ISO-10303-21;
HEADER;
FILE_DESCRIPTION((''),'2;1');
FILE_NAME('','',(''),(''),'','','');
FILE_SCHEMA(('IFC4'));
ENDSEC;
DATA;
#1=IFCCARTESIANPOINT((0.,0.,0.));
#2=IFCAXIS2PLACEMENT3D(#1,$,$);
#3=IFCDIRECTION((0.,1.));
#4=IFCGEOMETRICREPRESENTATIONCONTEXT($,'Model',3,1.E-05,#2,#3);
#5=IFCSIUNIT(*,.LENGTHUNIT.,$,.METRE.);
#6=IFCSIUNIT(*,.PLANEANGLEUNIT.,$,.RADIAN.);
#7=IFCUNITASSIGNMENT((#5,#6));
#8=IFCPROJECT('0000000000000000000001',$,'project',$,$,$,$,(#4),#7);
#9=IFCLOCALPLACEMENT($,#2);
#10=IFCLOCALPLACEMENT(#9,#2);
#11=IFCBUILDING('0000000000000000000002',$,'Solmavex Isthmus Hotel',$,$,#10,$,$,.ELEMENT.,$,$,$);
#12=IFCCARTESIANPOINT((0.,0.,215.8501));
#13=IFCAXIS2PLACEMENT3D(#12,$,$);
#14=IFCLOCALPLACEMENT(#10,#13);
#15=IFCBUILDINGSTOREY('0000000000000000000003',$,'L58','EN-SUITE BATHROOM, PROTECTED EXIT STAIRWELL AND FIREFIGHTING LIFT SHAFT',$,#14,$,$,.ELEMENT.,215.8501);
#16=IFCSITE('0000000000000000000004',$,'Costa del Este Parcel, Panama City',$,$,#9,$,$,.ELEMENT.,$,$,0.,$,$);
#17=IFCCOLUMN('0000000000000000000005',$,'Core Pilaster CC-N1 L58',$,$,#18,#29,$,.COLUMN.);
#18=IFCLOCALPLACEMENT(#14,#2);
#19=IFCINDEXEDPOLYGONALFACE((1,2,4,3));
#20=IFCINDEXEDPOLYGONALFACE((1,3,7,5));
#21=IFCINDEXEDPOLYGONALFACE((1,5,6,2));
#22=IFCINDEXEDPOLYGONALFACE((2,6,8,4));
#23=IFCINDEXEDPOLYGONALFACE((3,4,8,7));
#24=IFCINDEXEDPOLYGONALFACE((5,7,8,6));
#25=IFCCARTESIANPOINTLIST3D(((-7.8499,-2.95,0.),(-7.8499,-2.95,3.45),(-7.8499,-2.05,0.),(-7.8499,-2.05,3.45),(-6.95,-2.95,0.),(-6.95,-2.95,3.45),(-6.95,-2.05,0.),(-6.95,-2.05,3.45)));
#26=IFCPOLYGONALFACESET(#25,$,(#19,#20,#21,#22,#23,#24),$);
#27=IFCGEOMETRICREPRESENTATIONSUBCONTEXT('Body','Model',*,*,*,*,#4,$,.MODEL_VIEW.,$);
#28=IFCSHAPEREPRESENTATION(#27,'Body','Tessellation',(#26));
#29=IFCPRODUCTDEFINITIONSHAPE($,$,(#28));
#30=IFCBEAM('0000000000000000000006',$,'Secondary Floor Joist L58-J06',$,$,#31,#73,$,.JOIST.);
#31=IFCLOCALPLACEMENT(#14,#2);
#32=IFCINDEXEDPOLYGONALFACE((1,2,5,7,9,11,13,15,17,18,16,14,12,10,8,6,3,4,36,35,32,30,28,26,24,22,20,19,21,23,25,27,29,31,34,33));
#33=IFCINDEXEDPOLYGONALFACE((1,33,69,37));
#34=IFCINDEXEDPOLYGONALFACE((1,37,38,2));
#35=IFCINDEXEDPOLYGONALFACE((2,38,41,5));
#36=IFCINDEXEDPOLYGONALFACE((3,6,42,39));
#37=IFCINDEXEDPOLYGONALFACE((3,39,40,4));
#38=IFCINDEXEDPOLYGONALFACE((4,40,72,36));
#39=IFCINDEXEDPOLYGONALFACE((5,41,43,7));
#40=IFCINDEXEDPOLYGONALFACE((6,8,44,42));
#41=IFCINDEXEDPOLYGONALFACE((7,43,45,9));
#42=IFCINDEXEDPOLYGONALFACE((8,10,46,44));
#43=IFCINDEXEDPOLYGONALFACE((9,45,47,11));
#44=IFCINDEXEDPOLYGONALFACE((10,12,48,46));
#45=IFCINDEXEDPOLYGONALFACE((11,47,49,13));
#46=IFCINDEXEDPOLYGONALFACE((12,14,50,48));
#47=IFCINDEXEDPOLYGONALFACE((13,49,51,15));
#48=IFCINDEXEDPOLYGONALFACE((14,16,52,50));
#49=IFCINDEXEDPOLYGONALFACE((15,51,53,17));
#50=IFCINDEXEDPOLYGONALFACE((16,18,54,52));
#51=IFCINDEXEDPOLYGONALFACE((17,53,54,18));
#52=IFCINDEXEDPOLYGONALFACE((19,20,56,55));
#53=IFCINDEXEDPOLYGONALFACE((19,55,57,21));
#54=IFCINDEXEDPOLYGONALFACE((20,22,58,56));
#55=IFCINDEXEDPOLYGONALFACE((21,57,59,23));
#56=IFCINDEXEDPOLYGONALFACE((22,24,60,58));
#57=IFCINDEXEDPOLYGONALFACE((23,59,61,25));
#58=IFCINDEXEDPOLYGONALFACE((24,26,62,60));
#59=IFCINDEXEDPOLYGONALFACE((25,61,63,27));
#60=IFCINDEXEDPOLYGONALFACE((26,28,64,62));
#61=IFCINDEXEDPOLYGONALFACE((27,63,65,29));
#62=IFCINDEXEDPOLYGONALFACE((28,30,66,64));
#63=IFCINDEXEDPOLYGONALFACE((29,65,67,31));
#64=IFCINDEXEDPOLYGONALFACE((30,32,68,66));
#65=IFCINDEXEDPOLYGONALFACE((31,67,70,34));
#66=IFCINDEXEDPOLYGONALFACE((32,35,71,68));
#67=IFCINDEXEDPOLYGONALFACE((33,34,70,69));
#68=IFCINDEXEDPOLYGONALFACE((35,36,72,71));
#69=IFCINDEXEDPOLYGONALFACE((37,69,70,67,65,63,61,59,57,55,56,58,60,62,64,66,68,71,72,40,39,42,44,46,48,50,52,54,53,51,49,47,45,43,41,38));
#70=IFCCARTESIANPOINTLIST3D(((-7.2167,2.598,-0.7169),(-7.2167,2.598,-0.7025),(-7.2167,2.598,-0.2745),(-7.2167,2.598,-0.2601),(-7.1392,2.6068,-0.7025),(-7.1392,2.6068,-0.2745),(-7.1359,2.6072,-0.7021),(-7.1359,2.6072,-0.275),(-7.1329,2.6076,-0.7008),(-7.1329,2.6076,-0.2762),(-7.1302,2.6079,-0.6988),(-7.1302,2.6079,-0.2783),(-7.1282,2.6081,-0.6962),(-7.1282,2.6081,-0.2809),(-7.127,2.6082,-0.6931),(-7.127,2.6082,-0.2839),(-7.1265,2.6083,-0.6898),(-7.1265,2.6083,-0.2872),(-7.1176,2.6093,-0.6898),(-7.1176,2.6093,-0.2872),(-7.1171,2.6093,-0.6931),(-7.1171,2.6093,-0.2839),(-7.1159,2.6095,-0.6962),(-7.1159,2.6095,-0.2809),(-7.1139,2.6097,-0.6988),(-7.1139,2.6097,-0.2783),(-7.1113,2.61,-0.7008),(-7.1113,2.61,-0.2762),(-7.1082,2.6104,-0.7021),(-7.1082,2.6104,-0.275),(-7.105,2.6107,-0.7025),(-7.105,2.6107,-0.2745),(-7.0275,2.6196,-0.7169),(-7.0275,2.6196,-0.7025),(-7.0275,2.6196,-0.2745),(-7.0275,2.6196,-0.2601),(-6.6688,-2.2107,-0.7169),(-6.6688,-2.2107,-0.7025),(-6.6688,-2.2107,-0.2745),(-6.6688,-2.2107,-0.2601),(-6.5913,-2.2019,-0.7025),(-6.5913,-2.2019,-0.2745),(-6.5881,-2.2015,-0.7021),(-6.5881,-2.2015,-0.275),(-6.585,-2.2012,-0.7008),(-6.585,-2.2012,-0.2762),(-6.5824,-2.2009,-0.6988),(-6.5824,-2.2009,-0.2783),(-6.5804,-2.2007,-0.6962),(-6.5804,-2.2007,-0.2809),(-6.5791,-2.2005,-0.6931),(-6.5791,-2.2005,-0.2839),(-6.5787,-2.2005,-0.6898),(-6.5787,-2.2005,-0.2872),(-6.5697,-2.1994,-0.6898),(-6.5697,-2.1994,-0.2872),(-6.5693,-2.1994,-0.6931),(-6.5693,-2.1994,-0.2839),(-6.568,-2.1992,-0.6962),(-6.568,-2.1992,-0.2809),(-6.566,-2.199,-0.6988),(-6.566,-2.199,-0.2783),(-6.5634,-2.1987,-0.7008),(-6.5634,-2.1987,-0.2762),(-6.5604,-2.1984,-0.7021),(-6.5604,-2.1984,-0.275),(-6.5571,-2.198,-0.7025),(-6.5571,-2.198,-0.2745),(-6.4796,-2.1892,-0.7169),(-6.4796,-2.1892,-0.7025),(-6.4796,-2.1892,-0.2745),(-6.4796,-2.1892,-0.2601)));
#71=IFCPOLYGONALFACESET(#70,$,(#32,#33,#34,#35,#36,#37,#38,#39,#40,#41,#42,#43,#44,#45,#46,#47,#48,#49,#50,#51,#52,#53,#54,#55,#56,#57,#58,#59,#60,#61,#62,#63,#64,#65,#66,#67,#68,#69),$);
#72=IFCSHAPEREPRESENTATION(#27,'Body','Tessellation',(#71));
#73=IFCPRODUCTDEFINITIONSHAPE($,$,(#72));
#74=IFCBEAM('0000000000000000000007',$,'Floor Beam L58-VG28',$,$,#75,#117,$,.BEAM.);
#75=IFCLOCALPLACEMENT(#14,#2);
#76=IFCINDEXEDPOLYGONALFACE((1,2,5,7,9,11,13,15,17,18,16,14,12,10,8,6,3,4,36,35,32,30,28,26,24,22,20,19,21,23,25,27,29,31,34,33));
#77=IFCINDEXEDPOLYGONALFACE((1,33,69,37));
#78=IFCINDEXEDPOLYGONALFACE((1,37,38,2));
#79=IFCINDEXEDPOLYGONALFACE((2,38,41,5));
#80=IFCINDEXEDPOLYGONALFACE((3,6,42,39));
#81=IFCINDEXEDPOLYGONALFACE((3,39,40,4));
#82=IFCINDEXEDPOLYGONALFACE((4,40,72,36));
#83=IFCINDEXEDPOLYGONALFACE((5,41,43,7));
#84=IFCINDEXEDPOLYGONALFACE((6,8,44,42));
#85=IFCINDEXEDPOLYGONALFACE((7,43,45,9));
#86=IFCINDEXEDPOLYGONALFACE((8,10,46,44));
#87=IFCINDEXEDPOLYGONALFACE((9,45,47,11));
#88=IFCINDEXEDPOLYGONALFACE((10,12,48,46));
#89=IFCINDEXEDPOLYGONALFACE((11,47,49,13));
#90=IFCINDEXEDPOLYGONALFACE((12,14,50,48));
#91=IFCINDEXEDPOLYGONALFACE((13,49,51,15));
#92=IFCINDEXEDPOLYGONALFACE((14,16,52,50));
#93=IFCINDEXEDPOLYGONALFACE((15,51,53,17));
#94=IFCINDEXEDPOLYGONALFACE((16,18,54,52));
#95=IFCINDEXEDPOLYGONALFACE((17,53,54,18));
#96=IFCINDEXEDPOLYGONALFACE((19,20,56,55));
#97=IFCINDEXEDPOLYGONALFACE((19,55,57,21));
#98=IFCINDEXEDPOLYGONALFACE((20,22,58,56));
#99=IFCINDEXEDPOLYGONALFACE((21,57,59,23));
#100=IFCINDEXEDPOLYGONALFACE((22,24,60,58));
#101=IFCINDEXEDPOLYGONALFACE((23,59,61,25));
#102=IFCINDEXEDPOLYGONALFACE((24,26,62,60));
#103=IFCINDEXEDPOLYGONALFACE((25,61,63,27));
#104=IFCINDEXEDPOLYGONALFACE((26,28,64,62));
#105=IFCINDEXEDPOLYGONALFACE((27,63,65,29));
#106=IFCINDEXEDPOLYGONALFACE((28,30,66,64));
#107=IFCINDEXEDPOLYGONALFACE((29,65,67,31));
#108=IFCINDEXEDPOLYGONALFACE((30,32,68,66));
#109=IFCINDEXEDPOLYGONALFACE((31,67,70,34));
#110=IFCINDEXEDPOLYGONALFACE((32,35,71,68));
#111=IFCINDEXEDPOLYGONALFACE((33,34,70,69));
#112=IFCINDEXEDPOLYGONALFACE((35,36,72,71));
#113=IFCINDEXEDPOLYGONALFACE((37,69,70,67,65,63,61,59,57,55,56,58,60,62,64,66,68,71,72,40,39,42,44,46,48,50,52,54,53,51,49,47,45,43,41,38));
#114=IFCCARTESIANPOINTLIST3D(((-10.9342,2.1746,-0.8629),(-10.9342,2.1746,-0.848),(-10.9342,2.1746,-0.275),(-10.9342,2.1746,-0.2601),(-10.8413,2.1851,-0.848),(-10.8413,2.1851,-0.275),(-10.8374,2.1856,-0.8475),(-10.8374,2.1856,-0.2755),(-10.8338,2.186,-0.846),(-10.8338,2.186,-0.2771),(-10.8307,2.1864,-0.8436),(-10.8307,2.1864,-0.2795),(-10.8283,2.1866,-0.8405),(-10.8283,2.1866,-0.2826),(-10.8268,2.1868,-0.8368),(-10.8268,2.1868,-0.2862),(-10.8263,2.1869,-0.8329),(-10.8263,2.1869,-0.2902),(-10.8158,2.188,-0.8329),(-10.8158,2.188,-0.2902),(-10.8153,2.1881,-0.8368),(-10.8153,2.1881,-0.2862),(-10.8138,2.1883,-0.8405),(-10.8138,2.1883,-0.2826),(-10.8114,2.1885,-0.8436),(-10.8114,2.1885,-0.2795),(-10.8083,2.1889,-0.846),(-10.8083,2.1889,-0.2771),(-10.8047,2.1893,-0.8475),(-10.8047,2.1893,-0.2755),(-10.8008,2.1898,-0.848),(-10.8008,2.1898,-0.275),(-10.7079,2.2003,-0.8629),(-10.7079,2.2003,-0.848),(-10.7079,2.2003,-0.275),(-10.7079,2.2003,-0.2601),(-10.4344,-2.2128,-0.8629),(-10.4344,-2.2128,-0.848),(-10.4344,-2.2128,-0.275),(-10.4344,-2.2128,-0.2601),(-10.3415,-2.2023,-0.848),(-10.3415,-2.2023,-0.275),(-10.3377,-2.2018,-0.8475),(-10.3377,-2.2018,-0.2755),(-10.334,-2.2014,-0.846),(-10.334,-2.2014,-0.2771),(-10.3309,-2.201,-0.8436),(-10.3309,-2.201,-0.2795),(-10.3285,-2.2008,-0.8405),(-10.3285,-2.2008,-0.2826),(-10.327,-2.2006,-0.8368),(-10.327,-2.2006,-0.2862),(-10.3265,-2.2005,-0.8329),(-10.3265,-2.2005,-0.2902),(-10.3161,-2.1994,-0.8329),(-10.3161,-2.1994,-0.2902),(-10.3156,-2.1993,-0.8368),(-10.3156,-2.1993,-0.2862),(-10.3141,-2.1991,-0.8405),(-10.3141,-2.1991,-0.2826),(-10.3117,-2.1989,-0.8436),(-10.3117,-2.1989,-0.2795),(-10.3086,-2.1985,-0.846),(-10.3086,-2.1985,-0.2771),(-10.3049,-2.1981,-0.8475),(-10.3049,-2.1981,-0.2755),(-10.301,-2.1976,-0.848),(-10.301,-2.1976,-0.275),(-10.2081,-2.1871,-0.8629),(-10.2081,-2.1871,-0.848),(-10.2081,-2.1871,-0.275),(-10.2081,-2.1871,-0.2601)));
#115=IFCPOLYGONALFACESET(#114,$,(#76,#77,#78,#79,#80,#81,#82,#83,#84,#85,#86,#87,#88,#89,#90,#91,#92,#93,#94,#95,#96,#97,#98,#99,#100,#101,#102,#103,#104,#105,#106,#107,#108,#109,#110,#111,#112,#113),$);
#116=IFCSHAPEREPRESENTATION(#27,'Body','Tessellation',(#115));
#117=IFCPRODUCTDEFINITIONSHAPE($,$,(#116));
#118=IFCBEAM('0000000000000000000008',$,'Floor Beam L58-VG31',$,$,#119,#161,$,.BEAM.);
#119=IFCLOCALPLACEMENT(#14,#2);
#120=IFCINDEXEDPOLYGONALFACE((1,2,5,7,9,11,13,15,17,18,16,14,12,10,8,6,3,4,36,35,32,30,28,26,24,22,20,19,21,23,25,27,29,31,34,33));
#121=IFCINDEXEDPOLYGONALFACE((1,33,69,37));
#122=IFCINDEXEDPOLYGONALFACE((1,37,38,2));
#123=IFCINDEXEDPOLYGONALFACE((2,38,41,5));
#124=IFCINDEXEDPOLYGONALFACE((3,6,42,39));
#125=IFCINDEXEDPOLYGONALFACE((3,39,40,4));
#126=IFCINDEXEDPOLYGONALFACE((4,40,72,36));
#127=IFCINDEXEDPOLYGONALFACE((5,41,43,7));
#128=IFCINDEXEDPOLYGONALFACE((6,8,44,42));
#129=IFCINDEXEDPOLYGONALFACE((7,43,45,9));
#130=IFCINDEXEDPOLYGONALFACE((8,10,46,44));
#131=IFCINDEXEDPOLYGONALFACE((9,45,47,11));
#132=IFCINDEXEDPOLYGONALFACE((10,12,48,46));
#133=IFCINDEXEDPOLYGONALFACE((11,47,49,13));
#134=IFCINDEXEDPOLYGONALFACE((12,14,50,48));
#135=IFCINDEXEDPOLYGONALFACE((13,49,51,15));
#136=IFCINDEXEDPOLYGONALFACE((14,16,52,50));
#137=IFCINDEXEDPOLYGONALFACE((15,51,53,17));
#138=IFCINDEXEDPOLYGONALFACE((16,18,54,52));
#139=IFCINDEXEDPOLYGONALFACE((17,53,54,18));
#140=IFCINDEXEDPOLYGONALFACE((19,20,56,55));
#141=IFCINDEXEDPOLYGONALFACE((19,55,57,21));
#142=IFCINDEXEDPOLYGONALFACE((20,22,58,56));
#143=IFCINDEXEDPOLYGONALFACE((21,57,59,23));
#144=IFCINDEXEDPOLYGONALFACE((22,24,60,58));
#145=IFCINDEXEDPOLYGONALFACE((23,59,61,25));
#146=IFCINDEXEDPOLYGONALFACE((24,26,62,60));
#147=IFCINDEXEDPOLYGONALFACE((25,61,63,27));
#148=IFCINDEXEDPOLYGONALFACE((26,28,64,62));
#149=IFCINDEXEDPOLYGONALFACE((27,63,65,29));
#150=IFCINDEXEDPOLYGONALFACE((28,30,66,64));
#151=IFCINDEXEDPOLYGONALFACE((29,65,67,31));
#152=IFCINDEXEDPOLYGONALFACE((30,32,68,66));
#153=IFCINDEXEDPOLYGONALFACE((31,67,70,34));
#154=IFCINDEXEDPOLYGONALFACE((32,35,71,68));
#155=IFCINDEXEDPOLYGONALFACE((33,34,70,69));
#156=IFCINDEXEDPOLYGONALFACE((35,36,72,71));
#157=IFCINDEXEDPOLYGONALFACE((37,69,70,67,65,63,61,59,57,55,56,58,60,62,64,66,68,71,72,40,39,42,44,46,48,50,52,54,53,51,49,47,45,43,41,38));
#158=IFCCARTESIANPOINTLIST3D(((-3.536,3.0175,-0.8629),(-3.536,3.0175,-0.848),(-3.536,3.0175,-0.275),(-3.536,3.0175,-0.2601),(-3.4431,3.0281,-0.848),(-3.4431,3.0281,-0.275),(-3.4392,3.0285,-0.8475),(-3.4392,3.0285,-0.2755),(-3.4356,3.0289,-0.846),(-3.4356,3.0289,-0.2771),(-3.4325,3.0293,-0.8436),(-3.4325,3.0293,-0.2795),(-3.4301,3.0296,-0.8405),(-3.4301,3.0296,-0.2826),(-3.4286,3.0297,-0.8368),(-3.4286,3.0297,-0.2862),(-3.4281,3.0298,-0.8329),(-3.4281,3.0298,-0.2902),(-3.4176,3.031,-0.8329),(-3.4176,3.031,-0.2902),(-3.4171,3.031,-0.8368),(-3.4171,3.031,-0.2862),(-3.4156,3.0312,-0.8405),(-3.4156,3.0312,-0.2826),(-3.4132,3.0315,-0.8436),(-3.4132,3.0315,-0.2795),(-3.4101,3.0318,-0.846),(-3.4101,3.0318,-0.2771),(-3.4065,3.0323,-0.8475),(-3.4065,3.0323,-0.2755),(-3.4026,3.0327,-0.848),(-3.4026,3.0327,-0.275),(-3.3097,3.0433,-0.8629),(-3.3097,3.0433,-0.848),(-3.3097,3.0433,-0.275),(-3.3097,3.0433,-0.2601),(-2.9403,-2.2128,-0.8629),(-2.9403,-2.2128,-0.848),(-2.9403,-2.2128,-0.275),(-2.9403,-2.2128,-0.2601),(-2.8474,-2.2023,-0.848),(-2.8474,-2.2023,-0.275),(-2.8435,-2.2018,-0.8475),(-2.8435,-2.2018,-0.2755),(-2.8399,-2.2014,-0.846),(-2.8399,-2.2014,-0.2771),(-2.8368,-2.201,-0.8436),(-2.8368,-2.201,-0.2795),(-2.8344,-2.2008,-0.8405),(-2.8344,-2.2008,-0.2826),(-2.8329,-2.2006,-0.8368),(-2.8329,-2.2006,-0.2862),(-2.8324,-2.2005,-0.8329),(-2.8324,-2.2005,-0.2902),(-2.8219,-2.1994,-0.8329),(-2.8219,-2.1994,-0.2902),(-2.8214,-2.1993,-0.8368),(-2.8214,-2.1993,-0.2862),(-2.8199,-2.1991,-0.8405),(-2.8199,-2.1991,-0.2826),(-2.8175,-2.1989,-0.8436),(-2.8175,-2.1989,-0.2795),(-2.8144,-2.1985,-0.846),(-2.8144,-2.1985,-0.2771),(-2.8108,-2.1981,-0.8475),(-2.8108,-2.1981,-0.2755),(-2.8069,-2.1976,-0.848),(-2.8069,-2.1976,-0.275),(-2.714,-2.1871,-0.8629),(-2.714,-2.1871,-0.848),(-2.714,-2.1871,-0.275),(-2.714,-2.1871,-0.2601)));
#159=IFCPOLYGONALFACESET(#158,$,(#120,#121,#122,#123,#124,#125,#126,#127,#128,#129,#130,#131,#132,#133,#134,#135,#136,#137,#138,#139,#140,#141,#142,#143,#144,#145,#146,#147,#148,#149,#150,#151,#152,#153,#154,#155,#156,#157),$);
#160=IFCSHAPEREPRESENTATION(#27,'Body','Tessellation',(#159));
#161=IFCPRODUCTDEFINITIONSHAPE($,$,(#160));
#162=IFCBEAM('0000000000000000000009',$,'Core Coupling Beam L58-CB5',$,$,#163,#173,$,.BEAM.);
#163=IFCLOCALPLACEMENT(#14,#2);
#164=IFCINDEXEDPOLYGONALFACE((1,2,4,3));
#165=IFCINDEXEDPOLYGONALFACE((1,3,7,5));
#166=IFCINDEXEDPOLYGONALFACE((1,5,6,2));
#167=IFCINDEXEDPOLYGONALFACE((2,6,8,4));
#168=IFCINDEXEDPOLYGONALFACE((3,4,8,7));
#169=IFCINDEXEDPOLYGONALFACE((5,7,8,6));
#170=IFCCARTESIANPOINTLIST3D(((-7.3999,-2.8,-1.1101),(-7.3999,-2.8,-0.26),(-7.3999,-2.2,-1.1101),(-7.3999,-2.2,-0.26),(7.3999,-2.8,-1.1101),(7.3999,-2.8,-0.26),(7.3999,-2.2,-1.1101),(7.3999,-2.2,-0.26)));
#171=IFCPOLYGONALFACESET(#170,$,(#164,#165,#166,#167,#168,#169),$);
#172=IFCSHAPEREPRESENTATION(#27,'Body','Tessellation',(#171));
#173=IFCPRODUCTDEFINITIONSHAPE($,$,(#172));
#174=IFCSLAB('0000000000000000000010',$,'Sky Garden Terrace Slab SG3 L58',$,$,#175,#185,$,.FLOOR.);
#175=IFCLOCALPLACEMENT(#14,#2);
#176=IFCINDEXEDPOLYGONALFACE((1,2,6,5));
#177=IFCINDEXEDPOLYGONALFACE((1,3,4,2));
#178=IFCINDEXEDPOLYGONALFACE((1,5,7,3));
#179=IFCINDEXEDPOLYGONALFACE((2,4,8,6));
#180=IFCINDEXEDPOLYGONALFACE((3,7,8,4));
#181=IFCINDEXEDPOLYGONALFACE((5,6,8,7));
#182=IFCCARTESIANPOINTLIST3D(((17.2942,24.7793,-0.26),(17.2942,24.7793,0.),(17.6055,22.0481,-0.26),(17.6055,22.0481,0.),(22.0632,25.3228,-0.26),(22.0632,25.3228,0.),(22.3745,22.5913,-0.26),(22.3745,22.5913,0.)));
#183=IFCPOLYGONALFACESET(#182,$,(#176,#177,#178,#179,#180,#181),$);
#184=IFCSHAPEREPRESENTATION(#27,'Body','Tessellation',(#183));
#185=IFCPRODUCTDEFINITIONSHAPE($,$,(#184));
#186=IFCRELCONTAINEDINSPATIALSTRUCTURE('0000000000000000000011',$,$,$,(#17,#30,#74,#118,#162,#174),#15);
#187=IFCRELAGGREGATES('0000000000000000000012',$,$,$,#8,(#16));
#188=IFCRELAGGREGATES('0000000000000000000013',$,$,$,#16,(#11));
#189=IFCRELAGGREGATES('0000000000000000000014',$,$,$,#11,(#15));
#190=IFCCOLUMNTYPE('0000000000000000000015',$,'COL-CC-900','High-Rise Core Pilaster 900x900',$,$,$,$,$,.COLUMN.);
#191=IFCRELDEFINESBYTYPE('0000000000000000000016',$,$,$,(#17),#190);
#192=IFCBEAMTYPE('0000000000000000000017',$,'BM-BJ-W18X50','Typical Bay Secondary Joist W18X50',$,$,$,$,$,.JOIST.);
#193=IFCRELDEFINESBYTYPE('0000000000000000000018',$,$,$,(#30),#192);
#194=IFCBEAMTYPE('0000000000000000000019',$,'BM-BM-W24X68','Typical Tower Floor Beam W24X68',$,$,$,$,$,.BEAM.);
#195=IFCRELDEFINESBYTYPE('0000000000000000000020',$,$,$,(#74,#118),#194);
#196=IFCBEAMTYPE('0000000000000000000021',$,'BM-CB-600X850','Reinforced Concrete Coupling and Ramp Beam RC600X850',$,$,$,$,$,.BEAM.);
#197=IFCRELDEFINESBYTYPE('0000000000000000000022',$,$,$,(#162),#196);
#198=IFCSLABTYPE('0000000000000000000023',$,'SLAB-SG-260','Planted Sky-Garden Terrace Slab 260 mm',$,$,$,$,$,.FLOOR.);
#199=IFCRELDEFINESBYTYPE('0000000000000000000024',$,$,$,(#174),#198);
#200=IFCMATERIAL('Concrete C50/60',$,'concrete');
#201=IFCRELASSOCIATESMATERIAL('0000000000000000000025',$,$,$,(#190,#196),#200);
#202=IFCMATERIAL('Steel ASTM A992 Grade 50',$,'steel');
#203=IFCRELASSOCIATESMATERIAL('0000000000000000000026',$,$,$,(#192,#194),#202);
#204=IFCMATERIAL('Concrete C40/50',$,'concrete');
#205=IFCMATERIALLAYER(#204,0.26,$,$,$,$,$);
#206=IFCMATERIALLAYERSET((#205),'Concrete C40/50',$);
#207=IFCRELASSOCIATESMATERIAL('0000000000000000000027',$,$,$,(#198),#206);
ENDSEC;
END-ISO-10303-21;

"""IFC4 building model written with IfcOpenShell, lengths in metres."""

from ifc_helpers import new_model, si_unit, direction, frame, origin, origin_2d, place, context, subcontext, project, spatial, polyline, rectangle, i_section, outline, extrude, material, layer, layer_set, material_profile, profile_set, type_object, element, save


model = new_model("IFC4")

# Units and contexts
model_context = context("Model", 3, precision=1e-05, world=origin(), true_north=direction((0.0, 1.0)))
body_context = subcontext(model_context, "Body", "Model", "MODEL_VIEW")
ifc_project = project(units=[si_unit("LENGTHUNIT", "METRE"), si_unit("PLANEANGLEUNIT", "RADIAN")], contexts=[model_context])

# Site, building, storey
site_placement = place(None, origin())
site = spatial("IfcSite", under=ifc_project, at=site_placement, Name="Costa del Este Parcel, Panama City", CompositionType="ELEMENT", RefElevation=0.0)
building_placement = place(site_placement, origin())
building = spatial("IfcBuilding", under=site, at=building_placement, Name="Solmavex Isthmus Hotel", CompositionType="ELEMENT")
storey_placement = place(building_placement, frame((0.0, 0.0, 215.8501)))
storey = spatial("IfcBuildingStorey", under=building, at=storey_placement, Name="L58", Description="EN-SUITE BATHROOM, PROTECTED EXIT STAIRWELL AND FIREFIGHTING LIFT SHAFT", CompositionType="ELEMENT", Elevation=215.8501)

# Column
ifc_material_1 = material(Name="Concrete C50/60", Category="concrete")
ifc_material_profile_1 = material_profile(ifc_material_1, rectangle(XDim=0.8999, YDim=0.8999, at=origin_2d()), Name="RC900X900")
ifc_profile_set_1 = profile_set([ifc_material_profile_1], Name="Concrete C50/60")
column_type = type_object("IfcColumnType", Name="COL-CC-900", Description="High-Rise Core Pilaster 900x900", PredefinedType="COLUMN", material=ifc_profile_set_1)
column_placement = place(storey_placement, frame((-7.3999, -2.5, 0.0), z_axis=(0.0, 0.0, 1.0), x_axis=(1.0, 0.0, 0.0)))
element("IfcColumn", 1, at=column_placement, inside=storey, type_object=column_type, Name="Core Pilaster CC-N1 L58", PredefinedType="COLUMN", context=body_context, shape_type="SweptSolid", body=[
    extrude(rectangle(XDim=0.8999, YDim=0.8999, at=origin_2d()), origin(), (0.0, 0.0, 1.0), 3.45),
])

# Beams
ifc_material_2 = material(Name="Steel ASTM A992 Grade 50", Category="steel")
ifc_material_profile_2 = material_profile(ifc_material_2, i_section(OverallWidth=0.1904, OverallDepth=0.4568, WebThickness=0.009, FlangeThickness=0.0144, FilletRadius=0.0127, at=origin_2d()), Name="W18X50")
ifc_profile_set_2 = profile_set([ifc_material_profile_2], Name="Steel ASTM A992 Grade 50")
beam_type_1 = type_object("IfcBeamType", Name="BM-BJ-W18X50", Description="Typical Bay Secondary Joist W18X50", PredefinedType="JOIST", material=ifc_profile_set_2)
beam_1_placement = place(storey_placement, frame((-6.5742, -2.2, -0.4885), z_axis=(-0.113194, 0.993573, 0.0), x_axis=(-0.993573, -0.113194, 0.0)))
element("IfcBeam", 2, at=beam_1_placement, inside=storey, type_object=beam_type_1, Name="Secondary Floor Joist L58-J06", PredefinedType="JOIST", context=body_context, shape_type="SweptSolid", body=[
    extrude(i_section(OverallWidth=0.1904, OverallDepth=0.4568, WebThickness=0.009, FlangeThickness=0.0144, FilletRadius=0.0127, at=origin_2d()), origin(), (0.0, 0.0, 1.0), 4.8398),
])
ifc_material_profile_3 = material_profile(ifc_material_2, i_section(OverallWidth=0.2278, OverallDepth=0.6028, WebThickness=0.0105, FlangeThickness=0.0149, FilletRadius=0.0151, at=origin_2d()), Name="W24X68")
ifc_profile_set_3 = profile_set([ifc_material_profile_3], Name="Steel ASTM A992 Grade 50")
beam_type_2 = type_object("IfcBeamType", Name="BM-BM-W24X68", Description="Typical Tower Floor Beam W24X68", PredefinedType="BEAM", material=ifc_profile_set_3)
beam_2_placement = place(storey_placement, frame((-10.3213, -2.2, -0.5615), z_axis=(-0.113174, 0.993575, 0.0), x_axis=(-0.993575, -0.113174, 0.0)))
element("IfcBeam", 3, at=beam_2_placement, inside=storey, type_object=beam_type_2, Name="Floor Beam L58-VG28", PredefinedType="BEAM", context=body_context, shape_type="SweptSolid", body=[
    extrude(i_section(OverallWidth=0.2278, OverallDepth=0.6028, WebThickness=0.0105, FlangeThickness=0.0149, FilletRadius=0.0151, at=origin_2d()), origin(), (0.0, 0.0, 1.0), 4.4158),
])
beam_3_placement = place(storey_placement, frame((-2.8271, -2.2, -0.5615), z_axis=(-0.113159, 0.993577, 0.0), x_axis=(-0.993577, -0.113159, 0.0)))
element("IfcBeam", 4, at=beam_3_placement, inside=storey, type_object=beam_type_2, Name="Floor Beam L58-VG31", PredefinedType="BEAM", context=body_context, shape_type="SweptSolid", body=[
    extrude(i_section(OverallWidth=0.2278, OverallDepth=0.6028, WebThickness=0.0105, FlangeThickness=0.0149, FilletRadius=0.0151, at=origin_2d()), origin(), (0.0, 0.0, 1.0), 5.2642),
])
ifc_material_profile_4 = material_profile(ifc_material_1, rectangle(XDim=0.6001, YDim=0.8501, at=origin_2d()), Name="RC600X850")
ifc_profile_set_4 = profile_set([ifc_material_profile_4], Name="Concrete C50/60")
beam_type_3 = type_object("IfcBeamType", Name="BM-CB-600X850", Description="Reinforced Concrete Coupling and Ramp Beam RC600X850", PredefinedType="BEAM", material=ifc_profile_set_4)
beam_4_placement = place(storey_placement, frame((-7.3999, -2.5, -0.6851), z_axis=(1.0, 0.0, 0.0), x_axis=(0.0, 1.0, 0.0)))
element("IfcBeam", 5, at=beam_4_placement, inside=storey, type_object=beam_type_3, Name="Core Coupling Beam L58-CB5", PredefinedType="BEAM", context=body_context, shape_type="SweptSolid", body=[
    extrude(rectangle(XDim=0.6001, YDim=0.8501, at=origin_2d()), origin(), (0.0, 0.0, 1.0), 14.7998),
])

# Slab
ifc_material_3 = material(Name="Concrete C40/50", Category="concrete")
ifc_layer_1 = layer(ifc_material_3, 0.26)
ifc_layer_set_1 = layer_set([ifc_layer_1], Name="Concrete C40/50")
slab_type = type_object("IfcSlabType", Name="SLAB-SG-260", Description="Planted Sky-Garden Terrace Slab 260 mm", PredefinedType="FLOOR", material=ifc_layer_set_1)
slab_placement = place(storey_placement, frame((0.0, 0.0, -0.26)))
element("IfcSlab", 6, at=slab_placement, inside=storey, type_object=slab_type, Name="Sky Garden Terrace Slab SG3 L58", PredefinedType="FLOOR", context=body_context, shape_type="SweptSolid", body=[
    extrude(outline(polyline([(17.6055, 22.0481), (22.3745, 22.5913), (22.0632, 25.3228), (17.2942, 24.7793), (17.6055, 22.0481)])), origin(), (0.0, 0.0, 1.0), 0.26),
])

save(model, "model.ifc")
